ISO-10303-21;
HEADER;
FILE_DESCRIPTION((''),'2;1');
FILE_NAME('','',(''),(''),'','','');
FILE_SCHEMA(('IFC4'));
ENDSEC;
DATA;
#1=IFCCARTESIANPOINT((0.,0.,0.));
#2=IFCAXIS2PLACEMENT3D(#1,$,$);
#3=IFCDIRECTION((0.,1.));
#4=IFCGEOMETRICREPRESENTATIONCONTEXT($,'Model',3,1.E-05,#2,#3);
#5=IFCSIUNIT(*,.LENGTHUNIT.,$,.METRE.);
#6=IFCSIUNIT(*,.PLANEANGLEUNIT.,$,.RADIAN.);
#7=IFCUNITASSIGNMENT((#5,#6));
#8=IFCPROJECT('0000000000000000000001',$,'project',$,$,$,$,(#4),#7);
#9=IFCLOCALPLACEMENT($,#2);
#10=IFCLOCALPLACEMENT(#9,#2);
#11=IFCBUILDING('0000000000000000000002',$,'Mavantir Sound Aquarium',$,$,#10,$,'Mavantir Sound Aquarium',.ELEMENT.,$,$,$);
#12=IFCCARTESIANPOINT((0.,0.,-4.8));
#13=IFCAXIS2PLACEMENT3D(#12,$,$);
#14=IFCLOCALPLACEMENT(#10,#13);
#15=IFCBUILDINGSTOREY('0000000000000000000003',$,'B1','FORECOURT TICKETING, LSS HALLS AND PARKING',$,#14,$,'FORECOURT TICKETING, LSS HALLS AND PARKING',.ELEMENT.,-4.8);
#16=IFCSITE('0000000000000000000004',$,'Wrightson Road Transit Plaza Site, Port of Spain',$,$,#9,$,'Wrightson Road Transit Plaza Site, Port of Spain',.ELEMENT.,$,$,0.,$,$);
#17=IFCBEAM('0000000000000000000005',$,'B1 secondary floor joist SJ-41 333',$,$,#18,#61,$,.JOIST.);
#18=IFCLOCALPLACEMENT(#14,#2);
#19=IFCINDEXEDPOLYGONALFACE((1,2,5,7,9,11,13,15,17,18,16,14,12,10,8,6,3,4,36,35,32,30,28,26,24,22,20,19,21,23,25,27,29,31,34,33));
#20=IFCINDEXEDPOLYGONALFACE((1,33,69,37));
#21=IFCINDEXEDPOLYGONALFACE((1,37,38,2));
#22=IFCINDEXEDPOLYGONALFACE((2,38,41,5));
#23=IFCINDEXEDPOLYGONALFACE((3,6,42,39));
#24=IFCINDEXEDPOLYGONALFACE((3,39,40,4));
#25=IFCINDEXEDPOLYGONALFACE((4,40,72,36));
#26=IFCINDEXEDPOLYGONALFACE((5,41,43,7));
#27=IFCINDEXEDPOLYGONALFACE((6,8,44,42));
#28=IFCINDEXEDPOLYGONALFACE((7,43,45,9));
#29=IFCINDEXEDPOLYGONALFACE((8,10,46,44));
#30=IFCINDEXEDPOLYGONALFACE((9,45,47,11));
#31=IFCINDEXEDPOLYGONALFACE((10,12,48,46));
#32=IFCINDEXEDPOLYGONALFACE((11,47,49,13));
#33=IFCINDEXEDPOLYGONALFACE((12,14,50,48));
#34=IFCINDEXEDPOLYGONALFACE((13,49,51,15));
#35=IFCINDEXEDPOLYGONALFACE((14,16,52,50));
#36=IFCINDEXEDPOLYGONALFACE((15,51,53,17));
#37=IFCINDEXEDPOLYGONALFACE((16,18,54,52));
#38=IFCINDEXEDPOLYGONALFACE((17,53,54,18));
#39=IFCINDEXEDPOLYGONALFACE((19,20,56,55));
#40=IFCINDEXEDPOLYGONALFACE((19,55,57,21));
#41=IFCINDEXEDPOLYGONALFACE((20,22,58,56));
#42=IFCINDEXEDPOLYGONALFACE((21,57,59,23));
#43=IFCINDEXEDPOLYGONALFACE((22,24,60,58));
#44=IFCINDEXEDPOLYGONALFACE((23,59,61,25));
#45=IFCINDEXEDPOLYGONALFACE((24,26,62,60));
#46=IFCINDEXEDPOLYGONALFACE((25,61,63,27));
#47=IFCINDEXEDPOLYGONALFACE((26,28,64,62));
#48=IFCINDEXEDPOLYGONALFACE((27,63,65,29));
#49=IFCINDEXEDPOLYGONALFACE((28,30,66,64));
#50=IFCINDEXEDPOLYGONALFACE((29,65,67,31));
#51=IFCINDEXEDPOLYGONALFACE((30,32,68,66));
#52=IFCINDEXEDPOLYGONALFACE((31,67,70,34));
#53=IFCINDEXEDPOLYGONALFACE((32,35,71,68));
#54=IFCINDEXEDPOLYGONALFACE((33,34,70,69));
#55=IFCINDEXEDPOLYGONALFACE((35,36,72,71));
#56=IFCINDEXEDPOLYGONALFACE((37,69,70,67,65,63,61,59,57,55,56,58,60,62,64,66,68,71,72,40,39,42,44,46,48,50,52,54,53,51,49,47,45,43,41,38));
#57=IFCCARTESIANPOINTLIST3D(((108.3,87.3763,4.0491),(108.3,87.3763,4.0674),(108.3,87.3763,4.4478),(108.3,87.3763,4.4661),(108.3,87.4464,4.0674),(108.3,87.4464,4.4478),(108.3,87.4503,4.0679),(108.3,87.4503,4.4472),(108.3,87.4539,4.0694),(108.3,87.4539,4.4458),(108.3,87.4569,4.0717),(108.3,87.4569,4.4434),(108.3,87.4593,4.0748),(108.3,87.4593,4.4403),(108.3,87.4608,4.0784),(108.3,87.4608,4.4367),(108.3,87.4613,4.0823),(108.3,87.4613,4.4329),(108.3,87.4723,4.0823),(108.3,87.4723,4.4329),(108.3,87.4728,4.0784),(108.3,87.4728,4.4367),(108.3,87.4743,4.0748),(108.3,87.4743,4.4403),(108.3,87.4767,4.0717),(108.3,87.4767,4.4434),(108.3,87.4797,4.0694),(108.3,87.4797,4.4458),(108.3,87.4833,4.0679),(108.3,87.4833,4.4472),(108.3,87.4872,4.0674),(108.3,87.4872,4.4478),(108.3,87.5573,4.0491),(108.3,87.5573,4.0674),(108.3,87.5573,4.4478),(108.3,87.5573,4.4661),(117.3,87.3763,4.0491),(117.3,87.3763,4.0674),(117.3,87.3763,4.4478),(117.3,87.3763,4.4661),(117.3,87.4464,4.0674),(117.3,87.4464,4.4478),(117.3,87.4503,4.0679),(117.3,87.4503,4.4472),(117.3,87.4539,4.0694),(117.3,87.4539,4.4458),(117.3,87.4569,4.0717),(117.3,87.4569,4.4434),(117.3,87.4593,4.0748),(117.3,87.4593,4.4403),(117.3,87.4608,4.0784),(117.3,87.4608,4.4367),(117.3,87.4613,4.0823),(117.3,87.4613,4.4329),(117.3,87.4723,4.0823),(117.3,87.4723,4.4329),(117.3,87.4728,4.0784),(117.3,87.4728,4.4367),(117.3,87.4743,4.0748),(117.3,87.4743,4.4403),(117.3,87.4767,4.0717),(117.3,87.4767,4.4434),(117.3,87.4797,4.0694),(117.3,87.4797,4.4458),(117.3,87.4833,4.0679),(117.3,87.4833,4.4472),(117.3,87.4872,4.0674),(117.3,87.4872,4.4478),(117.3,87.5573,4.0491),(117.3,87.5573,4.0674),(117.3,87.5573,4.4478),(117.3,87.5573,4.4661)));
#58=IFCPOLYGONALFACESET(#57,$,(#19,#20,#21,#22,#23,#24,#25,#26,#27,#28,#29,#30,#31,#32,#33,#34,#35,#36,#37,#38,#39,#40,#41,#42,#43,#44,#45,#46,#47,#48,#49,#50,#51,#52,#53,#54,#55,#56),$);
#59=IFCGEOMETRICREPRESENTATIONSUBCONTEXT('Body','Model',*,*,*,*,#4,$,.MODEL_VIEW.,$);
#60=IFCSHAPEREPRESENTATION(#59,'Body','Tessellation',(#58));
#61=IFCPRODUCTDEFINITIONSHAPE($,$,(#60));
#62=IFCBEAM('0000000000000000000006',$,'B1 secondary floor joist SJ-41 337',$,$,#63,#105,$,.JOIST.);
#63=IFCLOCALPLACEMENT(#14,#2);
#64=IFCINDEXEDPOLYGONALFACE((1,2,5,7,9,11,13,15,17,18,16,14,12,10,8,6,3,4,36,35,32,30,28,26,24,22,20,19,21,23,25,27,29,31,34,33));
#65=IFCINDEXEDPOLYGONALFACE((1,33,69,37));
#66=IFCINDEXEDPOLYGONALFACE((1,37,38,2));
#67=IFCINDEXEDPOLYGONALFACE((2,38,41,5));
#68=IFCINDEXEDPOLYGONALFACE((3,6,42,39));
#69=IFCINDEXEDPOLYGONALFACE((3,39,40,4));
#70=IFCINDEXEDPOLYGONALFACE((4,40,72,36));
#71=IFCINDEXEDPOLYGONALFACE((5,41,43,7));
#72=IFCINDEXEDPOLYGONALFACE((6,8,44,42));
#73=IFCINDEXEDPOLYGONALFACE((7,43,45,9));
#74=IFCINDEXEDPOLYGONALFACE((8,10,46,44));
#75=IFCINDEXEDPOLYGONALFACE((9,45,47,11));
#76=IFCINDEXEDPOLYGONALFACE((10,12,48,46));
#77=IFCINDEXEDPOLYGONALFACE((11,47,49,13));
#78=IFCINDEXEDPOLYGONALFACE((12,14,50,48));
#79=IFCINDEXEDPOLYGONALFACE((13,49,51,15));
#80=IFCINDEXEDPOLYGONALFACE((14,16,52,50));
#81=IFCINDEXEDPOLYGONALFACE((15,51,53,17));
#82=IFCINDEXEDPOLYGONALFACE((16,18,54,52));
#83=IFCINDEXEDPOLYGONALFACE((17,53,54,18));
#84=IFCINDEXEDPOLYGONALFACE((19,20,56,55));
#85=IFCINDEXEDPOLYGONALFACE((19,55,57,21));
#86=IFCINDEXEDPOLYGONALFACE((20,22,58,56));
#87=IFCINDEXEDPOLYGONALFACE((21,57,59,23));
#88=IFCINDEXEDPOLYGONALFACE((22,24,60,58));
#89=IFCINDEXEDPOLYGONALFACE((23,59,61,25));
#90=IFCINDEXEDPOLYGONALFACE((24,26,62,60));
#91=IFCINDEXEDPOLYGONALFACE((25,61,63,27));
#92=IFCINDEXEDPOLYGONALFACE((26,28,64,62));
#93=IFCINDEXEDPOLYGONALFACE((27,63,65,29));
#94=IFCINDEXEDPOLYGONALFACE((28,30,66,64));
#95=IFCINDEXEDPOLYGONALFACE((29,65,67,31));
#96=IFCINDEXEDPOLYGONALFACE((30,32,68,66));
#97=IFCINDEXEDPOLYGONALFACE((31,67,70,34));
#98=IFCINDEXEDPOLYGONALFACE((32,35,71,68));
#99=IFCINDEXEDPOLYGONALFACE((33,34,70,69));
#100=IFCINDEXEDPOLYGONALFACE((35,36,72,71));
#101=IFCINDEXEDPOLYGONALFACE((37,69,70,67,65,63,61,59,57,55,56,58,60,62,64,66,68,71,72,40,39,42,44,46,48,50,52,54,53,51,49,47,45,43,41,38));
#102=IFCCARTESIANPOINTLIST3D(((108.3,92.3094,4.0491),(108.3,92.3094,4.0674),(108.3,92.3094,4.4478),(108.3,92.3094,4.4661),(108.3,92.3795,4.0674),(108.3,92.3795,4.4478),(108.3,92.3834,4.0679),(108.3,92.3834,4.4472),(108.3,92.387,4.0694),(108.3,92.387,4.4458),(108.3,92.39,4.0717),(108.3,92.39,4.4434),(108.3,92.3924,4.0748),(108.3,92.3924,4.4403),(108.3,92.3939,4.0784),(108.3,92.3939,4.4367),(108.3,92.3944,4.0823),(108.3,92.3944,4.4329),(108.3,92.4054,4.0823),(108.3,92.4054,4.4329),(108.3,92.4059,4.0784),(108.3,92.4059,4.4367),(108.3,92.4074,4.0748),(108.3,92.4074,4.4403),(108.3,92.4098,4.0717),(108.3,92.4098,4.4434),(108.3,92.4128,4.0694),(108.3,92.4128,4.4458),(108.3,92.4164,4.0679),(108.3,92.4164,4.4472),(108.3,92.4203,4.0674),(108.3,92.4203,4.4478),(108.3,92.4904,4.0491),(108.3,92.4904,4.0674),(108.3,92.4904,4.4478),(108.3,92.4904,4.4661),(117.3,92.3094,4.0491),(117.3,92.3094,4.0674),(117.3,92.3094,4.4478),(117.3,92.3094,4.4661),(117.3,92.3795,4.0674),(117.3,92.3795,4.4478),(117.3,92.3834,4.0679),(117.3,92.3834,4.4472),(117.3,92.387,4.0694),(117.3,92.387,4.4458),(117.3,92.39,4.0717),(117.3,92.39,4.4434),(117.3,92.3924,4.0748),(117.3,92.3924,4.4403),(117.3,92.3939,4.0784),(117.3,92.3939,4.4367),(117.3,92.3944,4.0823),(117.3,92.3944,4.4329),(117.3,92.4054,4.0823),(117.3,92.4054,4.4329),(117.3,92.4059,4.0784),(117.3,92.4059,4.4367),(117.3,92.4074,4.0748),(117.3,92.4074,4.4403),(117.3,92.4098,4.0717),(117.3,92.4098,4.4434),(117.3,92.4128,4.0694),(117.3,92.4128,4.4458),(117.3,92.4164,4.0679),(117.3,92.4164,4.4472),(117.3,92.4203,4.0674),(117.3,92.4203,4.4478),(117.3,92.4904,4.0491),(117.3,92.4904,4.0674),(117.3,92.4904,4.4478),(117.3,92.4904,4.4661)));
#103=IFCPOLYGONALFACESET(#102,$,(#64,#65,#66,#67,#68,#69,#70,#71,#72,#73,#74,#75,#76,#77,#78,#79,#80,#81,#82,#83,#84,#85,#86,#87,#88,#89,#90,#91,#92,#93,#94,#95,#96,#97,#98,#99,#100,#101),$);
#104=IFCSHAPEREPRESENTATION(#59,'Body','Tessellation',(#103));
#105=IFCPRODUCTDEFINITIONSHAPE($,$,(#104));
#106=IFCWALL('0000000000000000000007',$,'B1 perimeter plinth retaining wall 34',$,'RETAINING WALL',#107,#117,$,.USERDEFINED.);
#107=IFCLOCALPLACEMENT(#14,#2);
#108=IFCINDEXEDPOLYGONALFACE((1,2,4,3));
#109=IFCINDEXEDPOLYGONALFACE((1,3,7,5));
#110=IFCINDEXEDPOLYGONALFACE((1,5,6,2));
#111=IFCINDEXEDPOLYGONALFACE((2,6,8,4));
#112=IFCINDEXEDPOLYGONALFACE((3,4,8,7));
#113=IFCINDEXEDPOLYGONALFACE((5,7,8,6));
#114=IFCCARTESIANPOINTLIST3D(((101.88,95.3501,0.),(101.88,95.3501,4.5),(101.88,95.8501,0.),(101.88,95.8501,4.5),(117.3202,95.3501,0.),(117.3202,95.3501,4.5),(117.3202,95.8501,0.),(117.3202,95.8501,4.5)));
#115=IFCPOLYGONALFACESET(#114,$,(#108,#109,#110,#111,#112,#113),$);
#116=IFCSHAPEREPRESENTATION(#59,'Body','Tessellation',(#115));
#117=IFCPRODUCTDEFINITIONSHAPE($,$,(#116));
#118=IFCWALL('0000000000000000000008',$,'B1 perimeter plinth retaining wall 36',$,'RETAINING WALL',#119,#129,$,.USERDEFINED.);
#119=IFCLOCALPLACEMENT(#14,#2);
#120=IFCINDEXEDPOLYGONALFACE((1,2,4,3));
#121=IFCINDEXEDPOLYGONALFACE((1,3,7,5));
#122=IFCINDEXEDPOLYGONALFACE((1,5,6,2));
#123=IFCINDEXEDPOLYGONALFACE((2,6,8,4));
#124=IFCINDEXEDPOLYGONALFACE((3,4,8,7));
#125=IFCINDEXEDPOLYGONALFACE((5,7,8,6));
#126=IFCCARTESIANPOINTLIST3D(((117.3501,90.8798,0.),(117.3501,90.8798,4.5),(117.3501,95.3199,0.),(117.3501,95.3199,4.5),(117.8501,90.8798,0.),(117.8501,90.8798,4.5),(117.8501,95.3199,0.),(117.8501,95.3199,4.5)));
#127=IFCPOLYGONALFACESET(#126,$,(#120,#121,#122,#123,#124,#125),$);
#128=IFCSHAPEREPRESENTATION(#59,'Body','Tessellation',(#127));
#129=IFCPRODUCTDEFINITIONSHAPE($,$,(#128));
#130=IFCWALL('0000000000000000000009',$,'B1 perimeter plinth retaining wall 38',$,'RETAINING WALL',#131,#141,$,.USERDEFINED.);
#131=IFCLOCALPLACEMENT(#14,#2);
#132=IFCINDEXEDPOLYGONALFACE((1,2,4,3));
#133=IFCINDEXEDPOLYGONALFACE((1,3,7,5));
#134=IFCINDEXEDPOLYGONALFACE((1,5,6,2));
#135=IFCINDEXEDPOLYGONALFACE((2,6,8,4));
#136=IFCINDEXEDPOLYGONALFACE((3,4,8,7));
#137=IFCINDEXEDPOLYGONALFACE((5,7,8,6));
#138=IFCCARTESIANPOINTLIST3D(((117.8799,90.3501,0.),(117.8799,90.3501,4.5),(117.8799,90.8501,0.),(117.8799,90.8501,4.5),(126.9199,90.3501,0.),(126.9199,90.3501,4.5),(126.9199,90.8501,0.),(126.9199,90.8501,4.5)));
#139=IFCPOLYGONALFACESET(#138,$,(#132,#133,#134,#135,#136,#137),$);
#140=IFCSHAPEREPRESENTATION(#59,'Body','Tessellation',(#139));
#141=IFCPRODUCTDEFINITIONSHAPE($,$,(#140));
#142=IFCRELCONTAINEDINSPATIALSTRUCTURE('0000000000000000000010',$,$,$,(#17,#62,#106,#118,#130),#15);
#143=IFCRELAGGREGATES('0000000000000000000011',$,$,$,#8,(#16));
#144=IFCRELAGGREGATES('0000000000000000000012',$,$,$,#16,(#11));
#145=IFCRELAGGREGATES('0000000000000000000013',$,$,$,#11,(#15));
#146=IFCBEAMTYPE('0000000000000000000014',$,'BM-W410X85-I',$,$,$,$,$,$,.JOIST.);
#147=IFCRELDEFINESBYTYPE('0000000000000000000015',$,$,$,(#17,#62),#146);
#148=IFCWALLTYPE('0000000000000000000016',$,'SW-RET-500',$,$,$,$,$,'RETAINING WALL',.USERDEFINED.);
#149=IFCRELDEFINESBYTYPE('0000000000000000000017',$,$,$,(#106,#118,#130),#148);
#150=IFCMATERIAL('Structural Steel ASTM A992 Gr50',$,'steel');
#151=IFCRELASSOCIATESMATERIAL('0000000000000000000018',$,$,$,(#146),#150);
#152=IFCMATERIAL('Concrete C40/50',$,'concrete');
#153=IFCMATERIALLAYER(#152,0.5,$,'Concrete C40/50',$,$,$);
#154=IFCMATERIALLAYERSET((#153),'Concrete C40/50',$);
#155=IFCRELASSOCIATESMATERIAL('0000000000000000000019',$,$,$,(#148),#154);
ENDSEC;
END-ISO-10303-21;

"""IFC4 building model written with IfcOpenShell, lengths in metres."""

from ifc_helpers import new_model, si_unit, direction, frame, frame_2d, origin, origin_2d, place, context, subcontext, project, spatial, rectangle, i_section, extrude, material, layer, layer_set, material_profile, profile_set, type_object, element, save


model = new_model("IFC4")

# Units and contexts
model_context = context("Model", 3, precision=1e-05, world=origin(), true_north=direction((0.0, 1.0)))
body_context = subcontext(model_context, "Body", "Model", "MODEL_VIEW")
ifc_project = project(units=[si_unit("LENGTHUNIT", "METRE"), si_unit("PLANEANGLEUNIT", "RADIAN")], contexts=[model_context])

# Site, building, storey
site_placement = place(None, origin())
site = spatial("IfcSite", under=ifc_project, at=site_placement, Name="Wrightson Road Transit Plaza Site, Port of Spain", LongName="Wrightson Road Transit Plaza Site, Port of Spain", CompositionType="ELEMENT", RefElevation=0.0)
building_placement = place(site_placement, origin())
building = spatial("IfcBuilding", under=site, at=building_placement, Name="Mavantir Sound Aquarium", LongName="Mavantir Sound Aquarium", CompositionType="ELEMENT")
storey_placement = place(building_placement, frame((0.0, 0.0, -4.8)))
storey = spatial("IfcBuildingStorey", under=building, at=storey_placement, Name="B1", Description="FORECOURT TICKETING, LSS HALLS AND PARKING", LongName="FORECOURT TICKETING, LSS HALLS AND PARKING", CompositionType="ELEMENT", Elevation=-4.8)

# Shared definitions
ifc_material_1 = material(Name="Concrete C40/50", Category="concrete")

# Beams
ifc_material_2 = material(Name="Structural Steel ASTM A992 Gr50", Category="steel")
ifc_material_profile_1 = material_profile(ifc_material_2, i_section(OverallWidth=0.1809, OverallDepth=0.417, WebThickness=0.011, FlangeThickness=0.0183, FilletRadius=0.0149, at=origin_2d()), Name="W410X85")
ifc_profile_set_1 = profile_set([ifc_material_profile_1], Name="Structural Steel ASTM A992 Gr50")
beam_type_1 = type_object("IfcBeamType", Name="BM-W410X85-I", PredefinedType="JOIST", material=ifc_profile_set_1)
for number, where, z_axis, x_axis, name in (
    (1, (108.3, 87.4668, 4.2576), (1.0, 0.0, 0.0), (0.0, 1.0, 0.0), "B1 secondary floor joist SJ-41 333"),
    (2, (108.3, 92.3999, 4.2576), (1.0, 0.0, 0.0), (0.0, 1.0, 0.0), "B1 secondary floor joist SJ-41 337"),
):
    element("IfcBeam", number, at=place(storey_placement, frame(where, z_axis=z_axis, x_axis=x_axis)), inside=storey, type_object=beam_type_1, Name=name, PredefinedType="JOIST", context=body_context, shape_type="SweptSolid", body=[
        extrude(i_section(OverallWidth=0.1809, OverallDepth=0.417, WebThickness=0.011, FlangeThickness=0.0183, FilletRadius=0.0149, at=origin_2d()), origin(), (0.0, 0.0, 1.0), 9.0),
    ])

# Walls
ifc_layer = layer(ifc_material_1, 0.5, Name="Concrete C40/50")
ifc_layer_set = layer_set([ifc_layer], Name="Concrete C40/50")
wall_type = type_object("IfcWallType", Name="SW-RET-500", ElementType="RETAINING WALL", PredefinedType="USERDEFINED", material=ifc_layer_set)
wall_1_placement = place(storey_placement, frame((101.8799, 95.6001, 0.0), z_axis=(0.0, 0.0, 1.0), x_axis=(1.0, 0.0, 0.0)))
element("IfcWall", 3, at=wall_1_placement, inside=storey, type_object=wall_type, Name="B1 perimeter plinth retaining wall 34", ObjectType="RETAINING WALL", PredefinedType="USERDEFINED", context=body_context, shape_type="SweptSolid", body=[
    extrude(rectangle(XDim=15.4402, YDim=0.5, at=frame_2d((7.7202, 0.0))), origin(), (0.0, 0.0, 1.0), 4.5),
])
wall_2_placement = place(storey_placement, frame((117.6001, 95.3201, 0.0), z_axis=(0.0, 0.0, 1.0), x_axis=(0.0, -1.0, 0.0)))
element("IfcWall", 4, at=wall_2_placement, inside=storey, type_object=wall_type, Name="B1 perimeter plinth retaining wall 36", ObjectType="RETAINING WALL", PredefinedType="USERDEFINED", context=body_context, shape_type="SweptSolid", body=[
    extrude(rectangle(XDim=4.4402, YDim=0.5, at=frame_2d((2.2202, 0.0))), origin(), (0.0, 0.0, 1.0), 4.5),
])
wall_3_placement = place(storey_placement, frame((117.8799, 90.6001, 0.0), z_axis=(0.0, 0.0, 1.0), x_axis=(1.0, 0.0, 0.0)))
element("IfcWall", 5, at=wall_3_placement, inside=storey, type_object=wall_type, Name="B1 perimeter plinth retaining wall 38", ObjectType="RETAINING WALL", PredefinedType="USERDEFINED", context=body_context, shape_type="SweptSolid", body=[
    extrude(rectangle(XDim=9.04, YDim=0.5, at=frame_2d((4.52, 0.0))), origin(), (0.0, 0.0, 1.0), 4.5),
])

save(model, "model.ifc")
